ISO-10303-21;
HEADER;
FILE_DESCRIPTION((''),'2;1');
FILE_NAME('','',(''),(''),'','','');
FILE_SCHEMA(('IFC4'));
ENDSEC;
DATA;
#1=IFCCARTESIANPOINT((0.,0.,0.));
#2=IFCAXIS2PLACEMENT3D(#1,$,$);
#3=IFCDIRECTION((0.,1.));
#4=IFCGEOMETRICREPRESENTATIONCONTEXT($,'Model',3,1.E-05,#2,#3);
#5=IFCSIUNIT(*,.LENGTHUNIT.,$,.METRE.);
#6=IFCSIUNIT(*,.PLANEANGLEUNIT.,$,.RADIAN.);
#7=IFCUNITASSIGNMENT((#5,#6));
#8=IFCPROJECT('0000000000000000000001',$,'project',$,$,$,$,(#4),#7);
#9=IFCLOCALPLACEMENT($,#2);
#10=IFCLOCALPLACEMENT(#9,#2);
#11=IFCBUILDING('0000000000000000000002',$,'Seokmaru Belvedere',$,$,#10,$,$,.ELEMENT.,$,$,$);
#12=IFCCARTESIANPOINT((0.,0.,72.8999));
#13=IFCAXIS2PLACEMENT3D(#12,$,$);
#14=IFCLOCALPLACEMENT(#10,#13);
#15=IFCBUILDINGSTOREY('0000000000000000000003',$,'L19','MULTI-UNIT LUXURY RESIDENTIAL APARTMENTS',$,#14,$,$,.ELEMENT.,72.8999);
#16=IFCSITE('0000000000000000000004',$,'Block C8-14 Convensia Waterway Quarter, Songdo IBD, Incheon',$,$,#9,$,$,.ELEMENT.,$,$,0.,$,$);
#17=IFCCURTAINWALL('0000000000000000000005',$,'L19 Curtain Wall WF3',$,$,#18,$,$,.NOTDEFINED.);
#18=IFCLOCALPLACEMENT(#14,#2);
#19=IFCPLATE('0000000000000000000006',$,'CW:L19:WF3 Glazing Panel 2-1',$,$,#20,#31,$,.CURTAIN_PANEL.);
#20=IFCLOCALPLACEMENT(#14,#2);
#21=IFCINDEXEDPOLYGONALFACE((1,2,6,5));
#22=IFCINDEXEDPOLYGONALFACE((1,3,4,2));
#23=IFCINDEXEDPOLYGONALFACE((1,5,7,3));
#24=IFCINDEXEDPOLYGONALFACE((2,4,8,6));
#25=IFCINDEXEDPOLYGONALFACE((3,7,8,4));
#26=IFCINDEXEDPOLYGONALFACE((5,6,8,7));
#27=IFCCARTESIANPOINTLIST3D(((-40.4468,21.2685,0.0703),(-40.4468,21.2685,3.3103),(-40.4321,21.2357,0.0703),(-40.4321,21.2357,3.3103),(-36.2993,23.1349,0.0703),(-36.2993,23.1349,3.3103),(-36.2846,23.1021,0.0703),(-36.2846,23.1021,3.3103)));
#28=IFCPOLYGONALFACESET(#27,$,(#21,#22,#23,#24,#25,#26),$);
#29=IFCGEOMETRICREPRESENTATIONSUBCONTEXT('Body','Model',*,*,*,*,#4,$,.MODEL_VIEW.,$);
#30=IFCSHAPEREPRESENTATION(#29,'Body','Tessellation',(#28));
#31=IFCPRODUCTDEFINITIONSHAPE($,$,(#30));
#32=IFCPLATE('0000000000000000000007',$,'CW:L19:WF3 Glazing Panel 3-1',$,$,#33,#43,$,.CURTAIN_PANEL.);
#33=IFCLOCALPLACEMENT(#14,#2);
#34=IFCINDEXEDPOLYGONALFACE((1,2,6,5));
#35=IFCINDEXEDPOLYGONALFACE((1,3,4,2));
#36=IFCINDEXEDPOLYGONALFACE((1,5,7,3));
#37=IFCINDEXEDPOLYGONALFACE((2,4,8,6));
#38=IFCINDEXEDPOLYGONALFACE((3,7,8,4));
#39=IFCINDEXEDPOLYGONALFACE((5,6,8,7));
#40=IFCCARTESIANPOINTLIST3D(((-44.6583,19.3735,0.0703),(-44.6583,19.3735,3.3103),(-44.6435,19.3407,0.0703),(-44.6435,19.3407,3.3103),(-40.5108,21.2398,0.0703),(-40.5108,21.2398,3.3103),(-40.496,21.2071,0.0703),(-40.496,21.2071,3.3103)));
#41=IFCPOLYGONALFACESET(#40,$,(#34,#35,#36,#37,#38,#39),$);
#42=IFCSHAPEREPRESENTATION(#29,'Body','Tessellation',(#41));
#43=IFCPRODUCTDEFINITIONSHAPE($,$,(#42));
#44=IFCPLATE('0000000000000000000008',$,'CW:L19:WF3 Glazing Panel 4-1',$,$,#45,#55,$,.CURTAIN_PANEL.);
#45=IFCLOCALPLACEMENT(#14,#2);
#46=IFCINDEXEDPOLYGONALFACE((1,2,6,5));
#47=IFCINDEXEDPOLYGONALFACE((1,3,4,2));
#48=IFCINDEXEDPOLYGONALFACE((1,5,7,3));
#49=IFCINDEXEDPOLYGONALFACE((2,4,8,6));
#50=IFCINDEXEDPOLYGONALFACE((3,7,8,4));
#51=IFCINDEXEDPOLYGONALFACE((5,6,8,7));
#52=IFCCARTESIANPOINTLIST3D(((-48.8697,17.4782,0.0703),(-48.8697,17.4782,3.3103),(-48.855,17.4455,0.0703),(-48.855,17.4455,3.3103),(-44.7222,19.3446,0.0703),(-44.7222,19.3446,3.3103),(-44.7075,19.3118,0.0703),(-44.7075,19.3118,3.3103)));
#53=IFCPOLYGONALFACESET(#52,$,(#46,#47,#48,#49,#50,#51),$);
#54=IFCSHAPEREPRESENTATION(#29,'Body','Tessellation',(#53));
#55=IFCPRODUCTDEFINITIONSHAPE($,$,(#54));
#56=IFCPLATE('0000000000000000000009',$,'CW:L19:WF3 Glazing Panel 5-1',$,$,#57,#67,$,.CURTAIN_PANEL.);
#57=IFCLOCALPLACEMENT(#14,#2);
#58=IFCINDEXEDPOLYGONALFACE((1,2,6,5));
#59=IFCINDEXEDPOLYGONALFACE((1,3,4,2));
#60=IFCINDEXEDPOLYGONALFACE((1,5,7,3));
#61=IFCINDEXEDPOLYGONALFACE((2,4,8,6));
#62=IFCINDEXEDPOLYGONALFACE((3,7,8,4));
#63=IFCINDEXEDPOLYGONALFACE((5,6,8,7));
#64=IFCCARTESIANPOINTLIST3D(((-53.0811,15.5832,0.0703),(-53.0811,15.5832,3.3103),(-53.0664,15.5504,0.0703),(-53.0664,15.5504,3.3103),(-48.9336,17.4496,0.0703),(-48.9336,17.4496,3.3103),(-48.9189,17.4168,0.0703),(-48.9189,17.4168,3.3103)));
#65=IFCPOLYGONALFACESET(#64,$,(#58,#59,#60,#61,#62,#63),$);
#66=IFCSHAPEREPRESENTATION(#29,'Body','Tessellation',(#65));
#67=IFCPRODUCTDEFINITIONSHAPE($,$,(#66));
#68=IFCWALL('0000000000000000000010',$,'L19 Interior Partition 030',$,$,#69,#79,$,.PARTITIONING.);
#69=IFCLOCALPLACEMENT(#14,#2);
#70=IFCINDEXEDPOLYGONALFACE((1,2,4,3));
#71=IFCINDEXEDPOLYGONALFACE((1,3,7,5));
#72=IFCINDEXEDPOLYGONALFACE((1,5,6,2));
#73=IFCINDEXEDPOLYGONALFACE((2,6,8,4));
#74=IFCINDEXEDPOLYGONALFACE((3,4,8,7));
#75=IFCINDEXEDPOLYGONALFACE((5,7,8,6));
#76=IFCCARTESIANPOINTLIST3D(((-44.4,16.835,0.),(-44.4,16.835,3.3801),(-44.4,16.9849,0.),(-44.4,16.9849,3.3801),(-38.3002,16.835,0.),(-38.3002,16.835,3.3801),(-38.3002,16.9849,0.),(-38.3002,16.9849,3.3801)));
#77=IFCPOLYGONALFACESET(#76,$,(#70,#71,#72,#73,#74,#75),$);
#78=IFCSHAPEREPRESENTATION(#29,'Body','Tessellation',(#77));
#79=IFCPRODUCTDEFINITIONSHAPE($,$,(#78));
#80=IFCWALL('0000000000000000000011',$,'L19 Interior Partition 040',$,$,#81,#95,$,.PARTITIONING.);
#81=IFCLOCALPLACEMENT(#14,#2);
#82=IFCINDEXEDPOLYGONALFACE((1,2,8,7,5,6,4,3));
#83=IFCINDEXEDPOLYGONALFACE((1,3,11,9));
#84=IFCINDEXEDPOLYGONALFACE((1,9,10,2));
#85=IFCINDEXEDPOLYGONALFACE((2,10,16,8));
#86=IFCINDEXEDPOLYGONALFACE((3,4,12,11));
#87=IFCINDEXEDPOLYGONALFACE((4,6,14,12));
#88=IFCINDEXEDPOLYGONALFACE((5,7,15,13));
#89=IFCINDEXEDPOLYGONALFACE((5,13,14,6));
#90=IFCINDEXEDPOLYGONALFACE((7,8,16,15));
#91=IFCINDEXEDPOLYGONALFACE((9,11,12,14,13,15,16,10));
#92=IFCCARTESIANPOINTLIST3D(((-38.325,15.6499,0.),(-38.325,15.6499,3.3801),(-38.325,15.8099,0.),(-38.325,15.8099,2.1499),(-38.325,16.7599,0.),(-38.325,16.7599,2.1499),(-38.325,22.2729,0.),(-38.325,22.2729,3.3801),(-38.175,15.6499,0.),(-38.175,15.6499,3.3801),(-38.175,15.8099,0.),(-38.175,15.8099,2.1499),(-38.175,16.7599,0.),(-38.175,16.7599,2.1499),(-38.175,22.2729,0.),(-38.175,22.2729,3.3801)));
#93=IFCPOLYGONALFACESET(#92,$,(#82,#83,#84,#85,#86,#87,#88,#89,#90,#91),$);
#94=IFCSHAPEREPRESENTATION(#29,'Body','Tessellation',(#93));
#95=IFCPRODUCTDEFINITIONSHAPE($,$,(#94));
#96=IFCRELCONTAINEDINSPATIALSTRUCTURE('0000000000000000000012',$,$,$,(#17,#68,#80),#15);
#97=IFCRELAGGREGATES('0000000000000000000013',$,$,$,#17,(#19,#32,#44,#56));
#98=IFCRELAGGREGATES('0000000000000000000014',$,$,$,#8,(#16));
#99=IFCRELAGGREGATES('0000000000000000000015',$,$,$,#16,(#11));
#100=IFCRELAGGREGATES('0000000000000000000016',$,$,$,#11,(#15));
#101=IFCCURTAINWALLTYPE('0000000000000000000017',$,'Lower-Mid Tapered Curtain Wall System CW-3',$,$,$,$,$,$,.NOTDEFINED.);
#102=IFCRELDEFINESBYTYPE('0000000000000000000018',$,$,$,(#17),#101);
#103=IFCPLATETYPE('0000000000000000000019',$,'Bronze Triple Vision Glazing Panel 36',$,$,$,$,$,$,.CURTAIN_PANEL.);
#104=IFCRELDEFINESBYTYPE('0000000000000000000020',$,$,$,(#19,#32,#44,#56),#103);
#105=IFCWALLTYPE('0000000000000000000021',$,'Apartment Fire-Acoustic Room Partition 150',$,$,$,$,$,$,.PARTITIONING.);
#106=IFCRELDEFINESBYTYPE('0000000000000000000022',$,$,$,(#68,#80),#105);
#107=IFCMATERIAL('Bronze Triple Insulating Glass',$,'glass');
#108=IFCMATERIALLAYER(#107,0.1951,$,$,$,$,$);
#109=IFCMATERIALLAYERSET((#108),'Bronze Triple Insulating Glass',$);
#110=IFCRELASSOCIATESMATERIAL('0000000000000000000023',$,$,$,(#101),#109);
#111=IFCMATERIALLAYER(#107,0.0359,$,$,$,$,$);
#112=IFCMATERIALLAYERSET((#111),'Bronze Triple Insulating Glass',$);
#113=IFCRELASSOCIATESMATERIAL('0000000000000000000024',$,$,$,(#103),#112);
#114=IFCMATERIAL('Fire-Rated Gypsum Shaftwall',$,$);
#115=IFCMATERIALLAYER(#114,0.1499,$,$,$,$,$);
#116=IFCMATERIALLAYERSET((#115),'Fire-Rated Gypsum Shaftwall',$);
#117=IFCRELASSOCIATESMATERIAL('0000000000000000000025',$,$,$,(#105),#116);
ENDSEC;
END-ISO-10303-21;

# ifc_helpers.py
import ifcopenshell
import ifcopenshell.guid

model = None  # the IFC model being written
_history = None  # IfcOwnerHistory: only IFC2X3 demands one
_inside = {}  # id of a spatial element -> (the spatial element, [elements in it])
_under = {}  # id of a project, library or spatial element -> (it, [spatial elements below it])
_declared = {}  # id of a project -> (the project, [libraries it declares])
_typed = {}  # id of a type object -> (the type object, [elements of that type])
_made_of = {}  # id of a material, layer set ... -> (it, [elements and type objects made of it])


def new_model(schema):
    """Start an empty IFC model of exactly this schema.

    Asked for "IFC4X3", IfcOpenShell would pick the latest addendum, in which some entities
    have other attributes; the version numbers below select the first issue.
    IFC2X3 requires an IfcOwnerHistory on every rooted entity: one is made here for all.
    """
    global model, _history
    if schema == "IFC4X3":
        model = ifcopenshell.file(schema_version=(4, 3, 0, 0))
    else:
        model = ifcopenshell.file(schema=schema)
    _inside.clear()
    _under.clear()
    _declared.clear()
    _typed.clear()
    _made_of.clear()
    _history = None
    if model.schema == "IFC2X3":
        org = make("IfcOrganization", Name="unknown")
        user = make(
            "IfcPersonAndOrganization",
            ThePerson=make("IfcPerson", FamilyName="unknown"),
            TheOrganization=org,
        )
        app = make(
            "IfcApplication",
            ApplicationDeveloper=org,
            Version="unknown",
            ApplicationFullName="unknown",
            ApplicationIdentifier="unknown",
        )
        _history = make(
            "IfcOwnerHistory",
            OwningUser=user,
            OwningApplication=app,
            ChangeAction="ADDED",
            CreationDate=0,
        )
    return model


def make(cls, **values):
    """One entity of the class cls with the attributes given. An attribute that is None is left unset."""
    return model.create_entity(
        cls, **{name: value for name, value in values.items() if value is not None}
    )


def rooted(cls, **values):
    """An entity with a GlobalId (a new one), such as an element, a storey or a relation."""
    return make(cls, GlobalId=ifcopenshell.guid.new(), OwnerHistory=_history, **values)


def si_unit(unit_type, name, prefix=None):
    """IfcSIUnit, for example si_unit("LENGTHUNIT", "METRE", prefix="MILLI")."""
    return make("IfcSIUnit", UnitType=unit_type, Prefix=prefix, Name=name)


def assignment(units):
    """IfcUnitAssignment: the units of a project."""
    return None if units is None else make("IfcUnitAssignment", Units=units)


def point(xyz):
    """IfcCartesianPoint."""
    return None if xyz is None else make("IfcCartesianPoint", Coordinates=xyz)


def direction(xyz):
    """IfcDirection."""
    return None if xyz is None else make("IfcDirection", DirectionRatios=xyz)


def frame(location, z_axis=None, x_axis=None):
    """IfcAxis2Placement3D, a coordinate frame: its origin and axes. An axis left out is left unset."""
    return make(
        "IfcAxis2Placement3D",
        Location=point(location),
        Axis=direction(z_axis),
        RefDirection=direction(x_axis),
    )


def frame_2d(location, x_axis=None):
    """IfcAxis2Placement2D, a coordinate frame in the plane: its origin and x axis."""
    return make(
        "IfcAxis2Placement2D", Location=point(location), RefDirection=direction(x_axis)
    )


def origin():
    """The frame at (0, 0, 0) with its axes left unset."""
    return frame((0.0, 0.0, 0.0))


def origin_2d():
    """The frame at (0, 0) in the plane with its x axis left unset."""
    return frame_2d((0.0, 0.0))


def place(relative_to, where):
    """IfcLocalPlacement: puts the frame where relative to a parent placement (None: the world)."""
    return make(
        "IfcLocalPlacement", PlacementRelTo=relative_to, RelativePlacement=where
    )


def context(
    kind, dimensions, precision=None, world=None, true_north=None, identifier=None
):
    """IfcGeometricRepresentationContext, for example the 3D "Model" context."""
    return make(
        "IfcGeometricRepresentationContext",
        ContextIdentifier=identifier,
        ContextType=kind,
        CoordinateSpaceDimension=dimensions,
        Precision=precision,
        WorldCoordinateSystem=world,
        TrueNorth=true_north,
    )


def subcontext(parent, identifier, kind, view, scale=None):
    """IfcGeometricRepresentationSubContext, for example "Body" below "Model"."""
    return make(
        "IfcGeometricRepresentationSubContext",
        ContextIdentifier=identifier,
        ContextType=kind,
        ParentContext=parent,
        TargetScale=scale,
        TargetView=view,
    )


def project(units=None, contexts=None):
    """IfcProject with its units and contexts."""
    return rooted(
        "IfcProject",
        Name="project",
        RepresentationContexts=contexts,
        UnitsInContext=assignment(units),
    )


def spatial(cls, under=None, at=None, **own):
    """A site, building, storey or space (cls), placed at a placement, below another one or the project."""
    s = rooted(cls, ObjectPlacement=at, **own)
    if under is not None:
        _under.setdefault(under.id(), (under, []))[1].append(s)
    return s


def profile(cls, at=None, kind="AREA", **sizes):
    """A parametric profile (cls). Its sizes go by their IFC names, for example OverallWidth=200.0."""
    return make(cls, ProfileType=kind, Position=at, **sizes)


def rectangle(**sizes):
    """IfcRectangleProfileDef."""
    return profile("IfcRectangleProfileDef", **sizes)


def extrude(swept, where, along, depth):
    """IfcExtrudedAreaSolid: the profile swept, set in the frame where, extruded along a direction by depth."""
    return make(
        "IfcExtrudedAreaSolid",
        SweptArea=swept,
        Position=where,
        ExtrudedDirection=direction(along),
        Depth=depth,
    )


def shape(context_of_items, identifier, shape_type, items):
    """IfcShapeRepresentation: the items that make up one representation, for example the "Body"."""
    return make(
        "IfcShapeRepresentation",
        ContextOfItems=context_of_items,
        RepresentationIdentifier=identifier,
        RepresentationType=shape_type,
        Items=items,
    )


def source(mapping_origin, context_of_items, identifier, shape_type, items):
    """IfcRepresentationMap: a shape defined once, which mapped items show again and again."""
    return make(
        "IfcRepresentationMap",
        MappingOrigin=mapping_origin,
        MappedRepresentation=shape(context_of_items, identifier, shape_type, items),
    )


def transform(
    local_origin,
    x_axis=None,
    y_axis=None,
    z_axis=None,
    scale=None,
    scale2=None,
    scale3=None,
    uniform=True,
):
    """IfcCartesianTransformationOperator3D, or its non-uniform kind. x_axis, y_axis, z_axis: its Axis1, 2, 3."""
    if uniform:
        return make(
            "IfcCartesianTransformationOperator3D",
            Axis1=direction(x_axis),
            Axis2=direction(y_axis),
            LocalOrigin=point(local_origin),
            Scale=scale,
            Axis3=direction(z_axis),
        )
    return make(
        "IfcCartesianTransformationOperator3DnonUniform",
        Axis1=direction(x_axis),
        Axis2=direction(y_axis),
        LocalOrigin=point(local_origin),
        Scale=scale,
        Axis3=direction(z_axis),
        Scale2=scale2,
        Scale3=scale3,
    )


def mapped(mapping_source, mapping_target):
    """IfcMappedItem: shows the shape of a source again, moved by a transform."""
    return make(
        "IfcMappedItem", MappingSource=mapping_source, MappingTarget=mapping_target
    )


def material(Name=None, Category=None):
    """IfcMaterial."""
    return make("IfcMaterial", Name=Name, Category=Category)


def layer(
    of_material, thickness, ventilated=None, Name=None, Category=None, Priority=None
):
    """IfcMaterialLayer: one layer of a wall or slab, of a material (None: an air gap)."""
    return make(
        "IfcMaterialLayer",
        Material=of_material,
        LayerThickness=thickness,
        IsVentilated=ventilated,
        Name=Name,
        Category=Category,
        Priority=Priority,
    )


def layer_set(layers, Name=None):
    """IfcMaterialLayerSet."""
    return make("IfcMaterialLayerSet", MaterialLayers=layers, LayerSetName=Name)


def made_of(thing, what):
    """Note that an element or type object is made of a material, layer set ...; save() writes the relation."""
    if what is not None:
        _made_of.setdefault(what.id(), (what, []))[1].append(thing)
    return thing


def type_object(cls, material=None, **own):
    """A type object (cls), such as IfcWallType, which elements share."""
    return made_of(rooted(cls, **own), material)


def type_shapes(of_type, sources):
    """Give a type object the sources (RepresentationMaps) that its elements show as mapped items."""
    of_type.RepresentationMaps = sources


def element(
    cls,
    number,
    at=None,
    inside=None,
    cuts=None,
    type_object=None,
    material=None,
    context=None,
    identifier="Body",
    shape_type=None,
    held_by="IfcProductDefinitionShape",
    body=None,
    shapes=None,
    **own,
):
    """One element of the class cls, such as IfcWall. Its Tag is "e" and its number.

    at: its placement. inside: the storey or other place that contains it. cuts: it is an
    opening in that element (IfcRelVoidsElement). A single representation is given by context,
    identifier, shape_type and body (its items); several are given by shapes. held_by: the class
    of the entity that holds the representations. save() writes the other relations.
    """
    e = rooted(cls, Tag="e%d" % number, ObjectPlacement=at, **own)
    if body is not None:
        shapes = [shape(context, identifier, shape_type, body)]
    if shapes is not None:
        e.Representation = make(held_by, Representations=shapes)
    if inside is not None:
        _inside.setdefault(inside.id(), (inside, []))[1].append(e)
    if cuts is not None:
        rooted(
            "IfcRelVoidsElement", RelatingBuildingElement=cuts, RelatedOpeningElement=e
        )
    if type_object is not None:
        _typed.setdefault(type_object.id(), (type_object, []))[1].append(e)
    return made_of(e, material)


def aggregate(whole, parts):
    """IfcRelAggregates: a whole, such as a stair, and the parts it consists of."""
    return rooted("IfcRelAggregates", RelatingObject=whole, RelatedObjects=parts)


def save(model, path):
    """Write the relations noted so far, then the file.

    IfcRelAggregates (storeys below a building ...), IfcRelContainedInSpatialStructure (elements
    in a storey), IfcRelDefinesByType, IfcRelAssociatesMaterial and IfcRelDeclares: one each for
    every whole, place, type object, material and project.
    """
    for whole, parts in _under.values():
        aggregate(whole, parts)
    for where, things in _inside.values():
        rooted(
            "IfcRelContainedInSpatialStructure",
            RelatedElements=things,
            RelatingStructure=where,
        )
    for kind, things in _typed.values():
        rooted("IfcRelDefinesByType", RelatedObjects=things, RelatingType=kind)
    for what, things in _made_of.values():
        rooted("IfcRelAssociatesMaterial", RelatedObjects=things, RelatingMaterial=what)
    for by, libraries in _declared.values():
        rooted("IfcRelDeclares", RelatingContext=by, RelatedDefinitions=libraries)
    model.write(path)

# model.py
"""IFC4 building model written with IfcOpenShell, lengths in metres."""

from ifc_helpers import new_model, si_unit, direction, frame, frame_2d, origin, origin_2d, place, context, subcontext, project, spatial, rectangle, extrude, source, transform, mapped, material, layer, layer_set, type_object, type_shapes, element, aggregate, save


model = new_model("IFC4")

# Units and contexts
model_context = context("Model", 3, precision=1e-05, world=origin(), true_north=direction((0.0, 1.0)))
body_context = subcontext(model_context, "Body", "Model", "MODEL_VIEW")
ifc_project = project(units=[si_unit("LENGTHUNIT", "METRE"), si_unit("PLANEANGLEUNIT", "RADIAN")], contexts=[model_context])

# Site, building, storey
site_placement = place(None, origin())
site = spatial("IfcSite", under=ifc_project, at=site_placement, Name="Block C8-14 Convensia Waterway Quarter, Songdo IBD, Incheon", CompositionType="ELEMENT", RefElevation=0.0)
building_placement = place(site_placement, origin())
building = spatial("IfcBuilding", under=site, at=building_placement, Name="Seokmaru Belvedere", CompositionType="ELEMENT")
storey_placement = place(building_placement, frame((0.0, 0.0, 72.8999)))
storey = spatial("IfcBuildingStorey", under=building, at=storey_placement, Name="L19", Description="MULTI-UNIT LUXURY RESIDENTIAL APARTMENTS", CompositionType="ELEMENT", Elevation=72.8999)

# Curtain wall, plates
ifc_material_1 = material(Name="Bronze Triple Insulating Glass", Category="glass")
ifc_layer_1 = layer(ifc_material_1, 0.1951)
ifc_layer_set_1 = layer_set([ifc_layer_1], Name="Bronze Triple Insulating Glass")
curtain_wall_type = type_object("IfcCurtainWallType", Name="Lower-Mid Tapered Curtain Wall System CW-3", PredefinedType="NOTDEFINED", material=ifc_layer_set_1)
curtain_wall_placement = place(storey_placement, origin())
curtain_wall = element("IfcCurtainWall", 1, at=curtain_wall_placement, inside=storey, type_object=curtain_wall_type, Name="L19 Curtain Wall WF3", PredefinedType="NOTDEFINED")
ifc_layer_2 = layer(ifc_material_1, 0.0359)
ifc_layer_set_2 = layer_set([ifc_layer_2], Name="Bronze Triple Insulating Glass")
plate_type = type_object("IfcPlateType", Name="Bronze Triple Vision Glazing Panel 36", PredefinedType="CURTAIN_PANEL", material=ifc_layer_set_2)
shared_shape_1 = source(origin(), body_context, "Body", "SweptSolid", [
    extrude(rectangle(XDim=4.5481, YDim=0.0359, at=origin_2d()), origin(), (0.0, 0.0, 1.0), 3.24),
])
type_shapes(plate_type, [shared_shape_1])
plate_1_placement = place(storey_placement, frame((-38.3657, 22.1853, 0.0703), z_axis=(0.0, 0.0, 1.0), x_axis=(-0.911921, -0.410366, 0.0)))
plate_1 = element("IfcPlate", 2, at=plate_1_placement, type_object=plate_type, Name="CW:L19:WF3 Glazing Panel 2-1", PredefinedType="CURTAIN_PANEL", context=body_context, shape_type="MappedRepresentation", body=[
    mapped(shared_shape_1, transform((0.0, 0.0, 0.0), scale=1.0)),
])
plate_2_placement = place(storey_placement, frame((-42.5771, 20.2903, 0.0703), z_axis=(0.0, 0.0, 1.0), x_axis=(-0.911921, -0.410366, 0.0)))
plate_2 = element("IfcPlate", 3, at=plate_2_placement, type_object=plate_type, Name="CW:L19:WF3 Glazing Panel 3-1", PredefinedType="CURTAIN_PANEL", context=body_context, shape_type="MappedRepresentation", body=[
    mapped(shared_shape_1, transform((0.0, 0.0, 0.0), scale=1.0)),
])
plate_3_placement = place(storey_placement, frame((-46.7886, 18.395, 0.0703), z_axis=(0.0, 0.0, 1.0), x_axis=(-0.911921, -0.410366, 0.0)))
plate_3 = element("IfcPlate", 4, at=plate_3_placement, type_object=plate_type, Name="CW:L19:WF3 Glazing Panel 4-1", PredefinedType="CURTAIN_PANEL", context=body_context, shape_type="MappedRepresentation", body=[
    mapped(shared_shape_1, transform((0.0, 0.0, 0.0), scale=1.0)),
])
plate_4_placement = place(storey_placement, frame((-51.0, 16.5, 0.0703), z_axis=(0.0, 0.0, 1.0), x_axis=(-0.911921, -0.410366, 0.0)))
plate_4 = element("IfcPlate", 5, at=plate_4_placement, type_object=plate_type, Name="CW:L19:WF3 Glazing Panel 5-1", PredefinedType="CURTAIN_PANEL", context=body_context, shape_type="MappedRepresentation", body=[
    mapped(shared_shape_1, transform((0.0, 0.0, 0.0), scale=1.0)),
])
aggregate(curtain_wall, [plate_1, plate_2, plate_3, plate_4])

# Wall
ifc_material_2 = material(Name="Fire-Rated Gypsum Shaftwall")
ifc_layer_3 = layer(ifc_material_2, 0.1499)
ifc_layer_set_3 = layer_set([ifc_layer_3], Name="Fire-Rated Gypsum Shaftwall")
wall_type = type_object("IfcWallType", Name="Apartment Fire-Acoustic Room Partition 150", PredefinedType="PARTITIONING", material=ifc_layer_set_3)
wall_1_placement = place(storey_placement, frame((-44.3999, 16.9099, 0.0), z_axis=(0.0, 0.0, 1.0), x_axis=(1.0, 0.0, 0.0)))
element("IfcWall", 6, at=wall_1_placement, inside=storey, type_object=wall_type, Name="L19 Interior Partition 030", PredefinedType="PARTITIONING", context=body_context, shape_type="SweptSolid", body=[
    extrude(rectangle(XDim=6.0999, YDim=0.1499, at=frame_2d((3.0498, 0.0))), origin(), (0.0, 0.0, 1.0), 3.3801),
])

# Wall, opening
wall_2_placement = place(storey_placement, frame((-38.25, 15.6499, 0.0), z_axis=(0.0, 0.0, 1.0), x_axis=(0.0, 1.0, 0.0)))
wall_2 = element("IfcWall", 7, at=wall_2_placement, inside=storey, type_object=wall_type, Name="L19 Interior Partition 040", PredefinedType="PARTITIONING", context=body_context, shape_type="SweptSolid", body=[
    extrude(rectangle(XDim=6.623, YDim=0.1499, at=frame_2d((3.3115, 0.0))), origin(), (0.0, 0.0, 1.0), 3.3801),
])
opening_placement = place(wall_2_placement, frame((0.1599, 0.0, 0.0)))
element("IfcOpeningElement", 8, at=opening_placement, cuts=wall_2, PredefinedType="OPENING", context=body_context, shape_type="SweptSolid", body=[
    extrude(rectangle(XDim=0.95, YDim=2.1499, at=frame_2d((0.4751, 1.075))), frame((0.0, 0.085, 0.0), z_axis=(0.0, -1.0, 0.0), x_axis=(1.0, 0.0, 0.0)), (0.0, 0.0, 1.0), 0.1699),
])

save(model, "model.ifc")
